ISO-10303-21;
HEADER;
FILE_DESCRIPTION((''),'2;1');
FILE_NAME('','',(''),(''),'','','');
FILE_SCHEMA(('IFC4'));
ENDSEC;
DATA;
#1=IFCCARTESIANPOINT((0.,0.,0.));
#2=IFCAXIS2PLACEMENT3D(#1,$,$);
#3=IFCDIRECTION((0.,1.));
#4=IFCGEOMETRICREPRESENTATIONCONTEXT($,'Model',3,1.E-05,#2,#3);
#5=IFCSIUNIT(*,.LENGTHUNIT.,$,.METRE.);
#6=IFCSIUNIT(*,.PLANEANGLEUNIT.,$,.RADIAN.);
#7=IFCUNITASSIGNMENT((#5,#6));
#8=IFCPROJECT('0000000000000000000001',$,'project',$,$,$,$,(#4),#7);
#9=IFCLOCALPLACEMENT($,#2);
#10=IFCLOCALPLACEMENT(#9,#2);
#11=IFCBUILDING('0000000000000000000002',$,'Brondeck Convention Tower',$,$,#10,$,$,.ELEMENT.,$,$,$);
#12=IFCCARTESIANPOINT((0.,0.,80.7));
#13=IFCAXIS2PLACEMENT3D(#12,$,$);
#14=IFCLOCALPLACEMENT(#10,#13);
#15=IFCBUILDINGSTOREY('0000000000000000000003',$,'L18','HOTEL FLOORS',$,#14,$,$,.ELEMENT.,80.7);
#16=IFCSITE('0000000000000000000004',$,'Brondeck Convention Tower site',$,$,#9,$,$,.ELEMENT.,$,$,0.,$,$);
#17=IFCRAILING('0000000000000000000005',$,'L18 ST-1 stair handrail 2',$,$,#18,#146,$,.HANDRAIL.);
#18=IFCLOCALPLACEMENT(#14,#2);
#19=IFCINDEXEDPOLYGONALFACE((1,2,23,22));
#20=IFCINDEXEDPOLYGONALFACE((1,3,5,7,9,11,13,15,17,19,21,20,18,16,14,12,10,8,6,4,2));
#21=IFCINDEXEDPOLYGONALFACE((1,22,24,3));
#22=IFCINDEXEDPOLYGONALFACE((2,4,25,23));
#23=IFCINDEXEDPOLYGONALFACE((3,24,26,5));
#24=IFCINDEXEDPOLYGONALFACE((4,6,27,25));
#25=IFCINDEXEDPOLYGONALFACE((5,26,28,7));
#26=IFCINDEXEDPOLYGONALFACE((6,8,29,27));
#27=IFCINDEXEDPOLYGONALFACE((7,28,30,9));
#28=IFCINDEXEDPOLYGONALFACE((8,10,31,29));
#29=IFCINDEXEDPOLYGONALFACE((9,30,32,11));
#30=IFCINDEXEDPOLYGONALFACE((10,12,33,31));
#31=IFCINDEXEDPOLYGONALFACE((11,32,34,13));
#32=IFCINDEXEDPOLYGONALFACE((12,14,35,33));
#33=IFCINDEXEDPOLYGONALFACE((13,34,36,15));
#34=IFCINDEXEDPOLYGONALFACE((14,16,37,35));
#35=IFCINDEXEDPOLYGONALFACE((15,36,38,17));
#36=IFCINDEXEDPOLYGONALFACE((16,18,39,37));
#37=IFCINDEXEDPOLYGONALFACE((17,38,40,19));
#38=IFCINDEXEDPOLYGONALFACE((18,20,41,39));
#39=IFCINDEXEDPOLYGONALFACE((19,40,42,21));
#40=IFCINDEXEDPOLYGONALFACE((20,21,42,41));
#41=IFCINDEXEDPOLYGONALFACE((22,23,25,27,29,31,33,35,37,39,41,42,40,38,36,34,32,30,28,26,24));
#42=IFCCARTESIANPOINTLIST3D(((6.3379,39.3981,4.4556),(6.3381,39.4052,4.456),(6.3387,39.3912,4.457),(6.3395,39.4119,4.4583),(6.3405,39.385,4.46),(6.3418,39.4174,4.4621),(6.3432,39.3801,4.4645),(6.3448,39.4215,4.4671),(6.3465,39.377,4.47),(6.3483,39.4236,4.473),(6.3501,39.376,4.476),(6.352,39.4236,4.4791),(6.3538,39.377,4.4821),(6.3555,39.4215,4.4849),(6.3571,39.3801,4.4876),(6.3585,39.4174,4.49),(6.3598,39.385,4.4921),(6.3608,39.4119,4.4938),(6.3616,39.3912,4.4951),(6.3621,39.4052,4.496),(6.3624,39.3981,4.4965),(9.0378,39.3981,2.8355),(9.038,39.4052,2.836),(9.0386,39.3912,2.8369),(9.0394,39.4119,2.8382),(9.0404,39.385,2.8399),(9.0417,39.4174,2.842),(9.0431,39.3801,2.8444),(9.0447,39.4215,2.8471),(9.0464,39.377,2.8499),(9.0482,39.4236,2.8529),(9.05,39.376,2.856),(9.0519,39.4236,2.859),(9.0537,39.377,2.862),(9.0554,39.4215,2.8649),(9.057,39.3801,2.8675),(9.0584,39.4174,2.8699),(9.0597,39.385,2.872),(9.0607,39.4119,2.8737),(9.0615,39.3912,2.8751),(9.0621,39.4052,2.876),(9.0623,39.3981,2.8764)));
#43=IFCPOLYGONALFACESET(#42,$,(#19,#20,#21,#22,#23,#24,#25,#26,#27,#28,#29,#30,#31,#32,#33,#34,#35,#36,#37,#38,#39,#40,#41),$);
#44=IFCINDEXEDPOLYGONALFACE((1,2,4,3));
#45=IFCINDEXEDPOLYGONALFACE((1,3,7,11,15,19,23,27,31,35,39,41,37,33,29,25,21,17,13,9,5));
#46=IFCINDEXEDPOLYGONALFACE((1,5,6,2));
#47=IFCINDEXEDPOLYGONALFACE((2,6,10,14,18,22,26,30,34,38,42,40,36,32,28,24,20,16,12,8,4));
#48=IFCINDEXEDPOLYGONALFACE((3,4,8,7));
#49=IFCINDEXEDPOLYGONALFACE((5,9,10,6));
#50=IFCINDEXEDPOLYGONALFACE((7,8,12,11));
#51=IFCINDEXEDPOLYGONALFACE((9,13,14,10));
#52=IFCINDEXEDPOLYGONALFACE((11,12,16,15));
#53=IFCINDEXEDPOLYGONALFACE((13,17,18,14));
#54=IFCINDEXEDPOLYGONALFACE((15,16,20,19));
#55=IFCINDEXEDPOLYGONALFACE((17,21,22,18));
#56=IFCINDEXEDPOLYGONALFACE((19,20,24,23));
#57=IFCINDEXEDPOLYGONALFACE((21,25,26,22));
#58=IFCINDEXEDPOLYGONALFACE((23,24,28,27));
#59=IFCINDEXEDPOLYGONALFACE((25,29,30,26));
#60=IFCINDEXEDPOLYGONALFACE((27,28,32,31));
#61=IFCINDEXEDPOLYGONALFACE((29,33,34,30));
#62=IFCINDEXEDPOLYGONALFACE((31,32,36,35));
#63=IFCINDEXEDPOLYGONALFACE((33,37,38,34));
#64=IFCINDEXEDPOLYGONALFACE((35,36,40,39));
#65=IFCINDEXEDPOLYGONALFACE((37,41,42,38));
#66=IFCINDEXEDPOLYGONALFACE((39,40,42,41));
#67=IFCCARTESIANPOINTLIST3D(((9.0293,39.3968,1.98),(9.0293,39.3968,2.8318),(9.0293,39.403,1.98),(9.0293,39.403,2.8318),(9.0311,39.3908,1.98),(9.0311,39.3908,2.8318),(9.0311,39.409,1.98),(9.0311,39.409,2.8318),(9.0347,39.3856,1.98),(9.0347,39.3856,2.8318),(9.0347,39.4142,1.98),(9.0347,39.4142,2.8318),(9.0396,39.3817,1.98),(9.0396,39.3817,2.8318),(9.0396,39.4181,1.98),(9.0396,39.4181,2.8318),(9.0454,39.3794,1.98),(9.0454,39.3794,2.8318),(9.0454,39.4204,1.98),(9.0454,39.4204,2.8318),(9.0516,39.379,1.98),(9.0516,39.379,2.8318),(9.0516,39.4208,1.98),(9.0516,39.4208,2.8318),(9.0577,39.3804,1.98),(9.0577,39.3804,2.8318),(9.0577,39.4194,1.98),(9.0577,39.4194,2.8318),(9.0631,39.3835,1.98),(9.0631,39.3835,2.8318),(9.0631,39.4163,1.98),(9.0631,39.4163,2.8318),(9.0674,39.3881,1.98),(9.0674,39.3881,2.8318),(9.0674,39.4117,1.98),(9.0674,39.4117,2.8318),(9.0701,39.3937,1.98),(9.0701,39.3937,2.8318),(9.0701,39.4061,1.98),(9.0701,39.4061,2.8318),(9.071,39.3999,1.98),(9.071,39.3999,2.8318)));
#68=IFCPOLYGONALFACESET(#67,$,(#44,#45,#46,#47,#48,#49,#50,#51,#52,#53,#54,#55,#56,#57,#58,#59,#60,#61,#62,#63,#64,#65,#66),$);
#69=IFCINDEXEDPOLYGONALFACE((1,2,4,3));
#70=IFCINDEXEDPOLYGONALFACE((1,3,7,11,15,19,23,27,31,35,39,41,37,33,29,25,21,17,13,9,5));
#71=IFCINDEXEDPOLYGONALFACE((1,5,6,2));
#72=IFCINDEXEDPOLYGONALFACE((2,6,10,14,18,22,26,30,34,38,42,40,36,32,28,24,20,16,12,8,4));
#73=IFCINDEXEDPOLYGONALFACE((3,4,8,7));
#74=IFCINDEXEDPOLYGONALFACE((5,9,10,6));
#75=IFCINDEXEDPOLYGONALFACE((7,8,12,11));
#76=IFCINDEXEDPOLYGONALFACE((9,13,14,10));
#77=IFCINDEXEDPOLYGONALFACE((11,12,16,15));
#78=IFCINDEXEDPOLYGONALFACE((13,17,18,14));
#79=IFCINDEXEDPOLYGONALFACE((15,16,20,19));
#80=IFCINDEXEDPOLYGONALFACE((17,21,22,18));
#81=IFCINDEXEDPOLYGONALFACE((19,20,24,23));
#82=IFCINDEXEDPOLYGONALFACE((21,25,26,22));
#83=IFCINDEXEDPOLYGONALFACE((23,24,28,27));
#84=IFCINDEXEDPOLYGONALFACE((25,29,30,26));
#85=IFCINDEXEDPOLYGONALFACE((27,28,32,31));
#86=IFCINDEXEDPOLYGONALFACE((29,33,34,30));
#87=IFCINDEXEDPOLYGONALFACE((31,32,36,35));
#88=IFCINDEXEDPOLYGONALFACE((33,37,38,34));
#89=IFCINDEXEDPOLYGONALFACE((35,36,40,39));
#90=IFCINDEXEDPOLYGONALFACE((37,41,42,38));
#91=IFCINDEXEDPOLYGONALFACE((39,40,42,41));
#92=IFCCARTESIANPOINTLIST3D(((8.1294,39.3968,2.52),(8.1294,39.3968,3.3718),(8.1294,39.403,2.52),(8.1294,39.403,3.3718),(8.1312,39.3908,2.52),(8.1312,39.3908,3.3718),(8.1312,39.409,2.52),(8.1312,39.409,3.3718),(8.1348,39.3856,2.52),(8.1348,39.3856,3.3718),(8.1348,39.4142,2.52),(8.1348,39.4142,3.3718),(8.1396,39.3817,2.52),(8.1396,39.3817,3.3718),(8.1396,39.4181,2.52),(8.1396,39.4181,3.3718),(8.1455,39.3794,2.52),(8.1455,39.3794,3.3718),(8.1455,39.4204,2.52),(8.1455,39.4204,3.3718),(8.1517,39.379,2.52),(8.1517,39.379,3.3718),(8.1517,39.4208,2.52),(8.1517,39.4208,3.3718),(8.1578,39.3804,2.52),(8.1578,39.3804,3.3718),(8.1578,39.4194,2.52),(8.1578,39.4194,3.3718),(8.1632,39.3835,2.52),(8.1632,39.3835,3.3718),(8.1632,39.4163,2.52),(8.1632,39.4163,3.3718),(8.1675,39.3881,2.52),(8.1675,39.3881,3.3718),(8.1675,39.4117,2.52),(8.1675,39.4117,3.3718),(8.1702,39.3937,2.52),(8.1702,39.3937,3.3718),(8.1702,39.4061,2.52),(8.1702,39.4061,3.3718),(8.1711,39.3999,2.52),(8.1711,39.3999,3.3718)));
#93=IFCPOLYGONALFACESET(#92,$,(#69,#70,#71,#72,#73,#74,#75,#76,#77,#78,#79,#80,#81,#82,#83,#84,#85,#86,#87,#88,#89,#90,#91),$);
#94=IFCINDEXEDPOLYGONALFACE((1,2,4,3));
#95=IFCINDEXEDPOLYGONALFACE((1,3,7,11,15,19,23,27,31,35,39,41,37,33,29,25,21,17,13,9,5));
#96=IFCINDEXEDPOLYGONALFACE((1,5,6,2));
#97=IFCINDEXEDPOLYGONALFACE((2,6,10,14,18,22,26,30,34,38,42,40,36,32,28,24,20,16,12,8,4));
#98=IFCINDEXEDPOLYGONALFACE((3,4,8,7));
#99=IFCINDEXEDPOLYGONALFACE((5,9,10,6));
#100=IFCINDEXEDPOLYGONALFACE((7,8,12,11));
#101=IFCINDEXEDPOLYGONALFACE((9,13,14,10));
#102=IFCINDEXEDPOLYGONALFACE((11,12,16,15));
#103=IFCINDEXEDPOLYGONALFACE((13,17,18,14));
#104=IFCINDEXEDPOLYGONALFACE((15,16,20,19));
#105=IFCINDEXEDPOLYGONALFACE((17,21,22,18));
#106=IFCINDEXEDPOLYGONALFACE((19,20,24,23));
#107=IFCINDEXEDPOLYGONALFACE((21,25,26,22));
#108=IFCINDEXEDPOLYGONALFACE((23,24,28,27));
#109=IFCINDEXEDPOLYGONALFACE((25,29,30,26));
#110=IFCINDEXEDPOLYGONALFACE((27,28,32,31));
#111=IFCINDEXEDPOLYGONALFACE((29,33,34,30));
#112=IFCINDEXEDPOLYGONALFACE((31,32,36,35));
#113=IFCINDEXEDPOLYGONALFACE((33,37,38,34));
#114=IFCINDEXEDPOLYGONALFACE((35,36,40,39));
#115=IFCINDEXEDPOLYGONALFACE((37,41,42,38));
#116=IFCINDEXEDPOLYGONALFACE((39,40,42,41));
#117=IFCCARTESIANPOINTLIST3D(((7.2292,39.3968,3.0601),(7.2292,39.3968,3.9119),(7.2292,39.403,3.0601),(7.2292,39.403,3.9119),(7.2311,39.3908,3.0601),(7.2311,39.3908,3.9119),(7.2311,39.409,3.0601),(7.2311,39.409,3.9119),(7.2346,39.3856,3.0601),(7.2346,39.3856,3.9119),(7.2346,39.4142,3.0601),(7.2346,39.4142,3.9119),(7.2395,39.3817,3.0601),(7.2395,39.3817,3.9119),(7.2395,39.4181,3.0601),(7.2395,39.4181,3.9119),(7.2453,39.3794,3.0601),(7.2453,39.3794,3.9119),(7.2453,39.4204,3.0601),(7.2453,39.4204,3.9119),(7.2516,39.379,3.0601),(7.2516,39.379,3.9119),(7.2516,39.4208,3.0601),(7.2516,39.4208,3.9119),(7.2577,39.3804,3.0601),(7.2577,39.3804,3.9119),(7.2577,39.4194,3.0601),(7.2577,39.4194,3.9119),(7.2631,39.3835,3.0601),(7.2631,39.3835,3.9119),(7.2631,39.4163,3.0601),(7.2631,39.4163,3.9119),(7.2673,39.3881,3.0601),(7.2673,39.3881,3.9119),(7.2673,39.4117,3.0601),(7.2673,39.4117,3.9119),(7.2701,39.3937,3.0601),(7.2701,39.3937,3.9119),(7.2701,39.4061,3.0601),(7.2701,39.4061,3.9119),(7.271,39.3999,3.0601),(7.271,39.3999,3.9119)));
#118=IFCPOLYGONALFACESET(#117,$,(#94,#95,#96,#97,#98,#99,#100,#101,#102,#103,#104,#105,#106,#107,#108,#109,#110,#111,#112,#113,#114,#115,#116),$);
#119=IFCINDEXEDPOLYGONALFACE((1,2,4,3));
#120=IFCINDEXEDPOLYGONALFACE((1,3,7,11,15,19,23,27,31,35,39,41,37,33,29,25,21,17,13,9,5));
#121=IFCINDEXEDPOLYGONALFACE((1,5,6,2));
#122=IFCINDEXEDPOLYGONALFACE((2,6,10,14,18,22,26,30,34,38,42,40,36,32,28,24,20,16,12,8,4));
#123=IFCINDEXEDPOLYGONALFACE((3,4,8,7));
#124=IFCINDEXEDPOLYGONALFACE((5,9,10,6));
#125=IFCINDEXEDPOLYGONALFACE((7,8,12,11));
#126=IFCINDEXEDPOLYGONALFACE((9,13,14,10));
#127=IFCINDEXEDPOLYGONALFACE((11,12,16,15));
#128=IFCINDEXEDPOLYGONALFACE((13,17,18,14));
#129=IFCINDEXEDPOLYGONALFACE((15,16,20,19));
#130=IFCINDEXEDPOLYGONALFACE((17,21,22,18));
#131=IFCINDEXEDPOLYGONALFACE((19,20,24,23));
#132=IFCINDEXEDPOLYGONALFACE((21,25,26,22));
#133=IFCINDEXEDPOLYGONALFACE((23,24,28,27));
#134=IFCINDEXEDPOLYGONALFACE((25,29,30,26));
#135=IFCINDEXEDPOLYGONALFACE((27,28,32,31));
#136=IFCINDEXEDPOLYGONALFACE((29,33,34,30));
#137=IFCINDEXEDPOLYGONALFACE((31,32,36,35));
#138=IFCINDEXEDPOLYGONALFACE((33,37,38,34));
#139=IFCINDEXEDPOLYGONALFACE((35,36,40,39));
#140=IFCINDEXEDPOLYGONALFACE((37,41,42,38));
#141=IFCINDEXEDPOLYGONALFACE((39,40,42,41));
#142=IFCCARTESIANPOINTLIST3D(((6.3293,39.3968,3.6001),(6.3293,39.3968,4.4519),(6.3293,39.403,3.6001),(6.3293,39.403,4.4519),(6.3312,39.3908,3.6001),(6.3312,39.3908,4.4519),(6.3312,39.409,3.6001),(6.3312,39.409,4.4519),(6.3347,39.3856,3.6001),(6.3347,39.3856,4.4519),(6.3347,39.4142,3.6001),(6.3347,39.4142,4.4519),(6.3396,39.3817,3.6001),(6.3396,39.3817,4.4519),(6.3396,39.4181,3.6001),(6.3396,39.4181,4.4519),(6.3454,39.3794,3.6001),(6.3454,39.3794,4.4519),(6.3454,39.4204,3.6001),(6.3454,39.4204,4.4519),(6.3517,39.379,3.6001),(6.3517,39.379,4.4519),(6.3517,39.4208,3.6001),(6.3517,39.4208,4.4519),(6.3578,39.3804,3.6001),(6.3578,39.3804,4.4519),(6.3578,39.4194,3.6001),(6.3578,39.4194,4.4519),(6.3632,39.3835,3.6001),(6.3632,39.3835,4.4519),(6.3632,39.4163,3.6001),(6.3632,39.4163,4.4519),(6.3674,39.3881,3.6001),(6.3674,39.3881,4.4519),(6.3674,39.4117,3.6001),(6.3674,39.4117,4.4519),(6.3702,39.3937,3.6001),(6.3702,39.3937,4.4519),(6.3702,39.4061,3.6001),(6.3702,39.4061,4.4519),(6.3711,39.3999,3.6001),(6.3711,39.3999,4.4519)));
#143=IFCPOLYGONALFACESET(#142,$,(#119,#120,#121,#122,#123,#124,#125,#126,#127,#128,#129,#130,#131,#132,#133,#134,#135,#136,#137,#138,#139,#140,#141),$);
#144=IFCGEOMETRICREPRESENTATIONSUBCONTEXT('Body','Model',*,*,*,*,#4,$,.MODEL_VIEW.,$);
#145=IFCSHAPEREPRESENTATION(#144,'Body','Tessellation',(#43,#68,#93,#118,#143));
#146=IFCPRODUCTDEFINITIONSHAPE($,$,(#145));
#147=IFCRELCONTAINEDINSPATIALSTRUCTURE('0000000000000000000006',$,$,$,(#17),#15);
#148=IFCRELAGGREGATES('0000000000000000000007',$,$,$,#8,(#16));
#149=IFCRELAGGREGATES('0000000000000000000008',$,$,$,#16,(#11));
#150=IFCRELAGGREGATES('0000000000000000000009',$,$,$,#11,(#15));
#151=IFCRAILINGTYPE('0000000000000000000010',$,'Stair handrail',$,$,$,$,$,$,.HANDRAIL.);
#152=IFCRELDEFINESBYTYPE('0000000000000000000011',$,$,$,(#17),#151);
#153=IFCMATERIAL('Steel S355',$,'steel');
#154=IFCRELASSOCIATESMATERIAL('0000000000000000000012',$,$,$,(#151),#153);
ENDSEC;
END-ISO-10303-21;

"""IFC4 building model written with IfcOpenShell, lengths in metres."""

from ifc_helpers import new_model, si_unit, direction, frame, origin, origin_2d, place, context, subcontext, project, spatial, circle, extrude, material, type_object, element, save


model = new_model("IFC4")

# Units and contexts
model_context = context("Model", 3, precision=1e-05, world=origin(), true_north=direction((0.0, 1.0)))
body_context = subcontext(model_context, "Body", "Model", "MODEL_VIEW")
ifc_project = project(units=[si_unit("LENGTHUNIT", "METRE"), si_unit("PLANEANGLEUNIT", "RADIAN")], contexts=[model_context])

# Site, building, storey
site_placement = place(None, origin())
site = spatial("IfcSite", under=ifc_project, at=site_placement, Name="Brondeck Convention Tower site", CompositionType="ELEMENT", RefElevation=0.0)
building_placement = place(site_placement, origin())
building = spatial("IfcBuilding", under=site, at=building_placement, Name="Brondeck Convention Tower", CompositionType="ELEMENT")
storey_placement = place(building_placement, frame((0.0, 0.0, 80.7)))
storey = spatial("IfcBuildingStorey", under=building, at=storey_placement, Name="L18", Description="HOTEL FLOORS", CompositionType="ELEMENT", Elevation=80.7)

# Shared definitions
ifc_material_1 = material(Name="Steel S355", Category="steel")

# Railing
railing_type = type_object("IfcRailingType", Name="Stair handrail", PredefinedType="HANDRAIL", material=ifc_material_1)
railing_placement = place(storey_placement, frame((9.05, 39.3999, 1.98)))
element("IfcRailing", 1, at=railing_placement, inside=storey, type_object=railing_type, Name="L18 ST-1 stair handrail 2", PredefinedType="HANDRAIL", context=body_context, shape_type="SweptSolid", body=[
    extrude(circle(Radius=0.0239, at=origin_2d()), frame((0.0, 0.0, 0.876), z_axis=(-0.857472, 0.0, 0.51453), x_axis=(0.0, -1.0, 0.0)), (0.0, 0.0, 1.0), 3.1487),
    extrude(circle(Radius=0.021, at=origin_2d()), origin(), (0.0, 0.0, 1.0), 0.8518),
    extrude(circle(Radius=0.021, at=origin_2d()), frame((-0.8999, 0.0, 0.54)), (0.0, 0.0, 1.0), 0.8518),
    extrude(circle(Radius=0.021, at=origin_2d()), frame((-1.8, 0.0, 1.0801)), (0.0, 0.0, 1.0), 0.8518),
    extrude(circle(Radius=0.021, at=origin_2d()), frame((-2.7, 0.0, 1.6201)), (0.0, 0.0, 1.0), 0.8518),
])

save(model, "model.ifc")
